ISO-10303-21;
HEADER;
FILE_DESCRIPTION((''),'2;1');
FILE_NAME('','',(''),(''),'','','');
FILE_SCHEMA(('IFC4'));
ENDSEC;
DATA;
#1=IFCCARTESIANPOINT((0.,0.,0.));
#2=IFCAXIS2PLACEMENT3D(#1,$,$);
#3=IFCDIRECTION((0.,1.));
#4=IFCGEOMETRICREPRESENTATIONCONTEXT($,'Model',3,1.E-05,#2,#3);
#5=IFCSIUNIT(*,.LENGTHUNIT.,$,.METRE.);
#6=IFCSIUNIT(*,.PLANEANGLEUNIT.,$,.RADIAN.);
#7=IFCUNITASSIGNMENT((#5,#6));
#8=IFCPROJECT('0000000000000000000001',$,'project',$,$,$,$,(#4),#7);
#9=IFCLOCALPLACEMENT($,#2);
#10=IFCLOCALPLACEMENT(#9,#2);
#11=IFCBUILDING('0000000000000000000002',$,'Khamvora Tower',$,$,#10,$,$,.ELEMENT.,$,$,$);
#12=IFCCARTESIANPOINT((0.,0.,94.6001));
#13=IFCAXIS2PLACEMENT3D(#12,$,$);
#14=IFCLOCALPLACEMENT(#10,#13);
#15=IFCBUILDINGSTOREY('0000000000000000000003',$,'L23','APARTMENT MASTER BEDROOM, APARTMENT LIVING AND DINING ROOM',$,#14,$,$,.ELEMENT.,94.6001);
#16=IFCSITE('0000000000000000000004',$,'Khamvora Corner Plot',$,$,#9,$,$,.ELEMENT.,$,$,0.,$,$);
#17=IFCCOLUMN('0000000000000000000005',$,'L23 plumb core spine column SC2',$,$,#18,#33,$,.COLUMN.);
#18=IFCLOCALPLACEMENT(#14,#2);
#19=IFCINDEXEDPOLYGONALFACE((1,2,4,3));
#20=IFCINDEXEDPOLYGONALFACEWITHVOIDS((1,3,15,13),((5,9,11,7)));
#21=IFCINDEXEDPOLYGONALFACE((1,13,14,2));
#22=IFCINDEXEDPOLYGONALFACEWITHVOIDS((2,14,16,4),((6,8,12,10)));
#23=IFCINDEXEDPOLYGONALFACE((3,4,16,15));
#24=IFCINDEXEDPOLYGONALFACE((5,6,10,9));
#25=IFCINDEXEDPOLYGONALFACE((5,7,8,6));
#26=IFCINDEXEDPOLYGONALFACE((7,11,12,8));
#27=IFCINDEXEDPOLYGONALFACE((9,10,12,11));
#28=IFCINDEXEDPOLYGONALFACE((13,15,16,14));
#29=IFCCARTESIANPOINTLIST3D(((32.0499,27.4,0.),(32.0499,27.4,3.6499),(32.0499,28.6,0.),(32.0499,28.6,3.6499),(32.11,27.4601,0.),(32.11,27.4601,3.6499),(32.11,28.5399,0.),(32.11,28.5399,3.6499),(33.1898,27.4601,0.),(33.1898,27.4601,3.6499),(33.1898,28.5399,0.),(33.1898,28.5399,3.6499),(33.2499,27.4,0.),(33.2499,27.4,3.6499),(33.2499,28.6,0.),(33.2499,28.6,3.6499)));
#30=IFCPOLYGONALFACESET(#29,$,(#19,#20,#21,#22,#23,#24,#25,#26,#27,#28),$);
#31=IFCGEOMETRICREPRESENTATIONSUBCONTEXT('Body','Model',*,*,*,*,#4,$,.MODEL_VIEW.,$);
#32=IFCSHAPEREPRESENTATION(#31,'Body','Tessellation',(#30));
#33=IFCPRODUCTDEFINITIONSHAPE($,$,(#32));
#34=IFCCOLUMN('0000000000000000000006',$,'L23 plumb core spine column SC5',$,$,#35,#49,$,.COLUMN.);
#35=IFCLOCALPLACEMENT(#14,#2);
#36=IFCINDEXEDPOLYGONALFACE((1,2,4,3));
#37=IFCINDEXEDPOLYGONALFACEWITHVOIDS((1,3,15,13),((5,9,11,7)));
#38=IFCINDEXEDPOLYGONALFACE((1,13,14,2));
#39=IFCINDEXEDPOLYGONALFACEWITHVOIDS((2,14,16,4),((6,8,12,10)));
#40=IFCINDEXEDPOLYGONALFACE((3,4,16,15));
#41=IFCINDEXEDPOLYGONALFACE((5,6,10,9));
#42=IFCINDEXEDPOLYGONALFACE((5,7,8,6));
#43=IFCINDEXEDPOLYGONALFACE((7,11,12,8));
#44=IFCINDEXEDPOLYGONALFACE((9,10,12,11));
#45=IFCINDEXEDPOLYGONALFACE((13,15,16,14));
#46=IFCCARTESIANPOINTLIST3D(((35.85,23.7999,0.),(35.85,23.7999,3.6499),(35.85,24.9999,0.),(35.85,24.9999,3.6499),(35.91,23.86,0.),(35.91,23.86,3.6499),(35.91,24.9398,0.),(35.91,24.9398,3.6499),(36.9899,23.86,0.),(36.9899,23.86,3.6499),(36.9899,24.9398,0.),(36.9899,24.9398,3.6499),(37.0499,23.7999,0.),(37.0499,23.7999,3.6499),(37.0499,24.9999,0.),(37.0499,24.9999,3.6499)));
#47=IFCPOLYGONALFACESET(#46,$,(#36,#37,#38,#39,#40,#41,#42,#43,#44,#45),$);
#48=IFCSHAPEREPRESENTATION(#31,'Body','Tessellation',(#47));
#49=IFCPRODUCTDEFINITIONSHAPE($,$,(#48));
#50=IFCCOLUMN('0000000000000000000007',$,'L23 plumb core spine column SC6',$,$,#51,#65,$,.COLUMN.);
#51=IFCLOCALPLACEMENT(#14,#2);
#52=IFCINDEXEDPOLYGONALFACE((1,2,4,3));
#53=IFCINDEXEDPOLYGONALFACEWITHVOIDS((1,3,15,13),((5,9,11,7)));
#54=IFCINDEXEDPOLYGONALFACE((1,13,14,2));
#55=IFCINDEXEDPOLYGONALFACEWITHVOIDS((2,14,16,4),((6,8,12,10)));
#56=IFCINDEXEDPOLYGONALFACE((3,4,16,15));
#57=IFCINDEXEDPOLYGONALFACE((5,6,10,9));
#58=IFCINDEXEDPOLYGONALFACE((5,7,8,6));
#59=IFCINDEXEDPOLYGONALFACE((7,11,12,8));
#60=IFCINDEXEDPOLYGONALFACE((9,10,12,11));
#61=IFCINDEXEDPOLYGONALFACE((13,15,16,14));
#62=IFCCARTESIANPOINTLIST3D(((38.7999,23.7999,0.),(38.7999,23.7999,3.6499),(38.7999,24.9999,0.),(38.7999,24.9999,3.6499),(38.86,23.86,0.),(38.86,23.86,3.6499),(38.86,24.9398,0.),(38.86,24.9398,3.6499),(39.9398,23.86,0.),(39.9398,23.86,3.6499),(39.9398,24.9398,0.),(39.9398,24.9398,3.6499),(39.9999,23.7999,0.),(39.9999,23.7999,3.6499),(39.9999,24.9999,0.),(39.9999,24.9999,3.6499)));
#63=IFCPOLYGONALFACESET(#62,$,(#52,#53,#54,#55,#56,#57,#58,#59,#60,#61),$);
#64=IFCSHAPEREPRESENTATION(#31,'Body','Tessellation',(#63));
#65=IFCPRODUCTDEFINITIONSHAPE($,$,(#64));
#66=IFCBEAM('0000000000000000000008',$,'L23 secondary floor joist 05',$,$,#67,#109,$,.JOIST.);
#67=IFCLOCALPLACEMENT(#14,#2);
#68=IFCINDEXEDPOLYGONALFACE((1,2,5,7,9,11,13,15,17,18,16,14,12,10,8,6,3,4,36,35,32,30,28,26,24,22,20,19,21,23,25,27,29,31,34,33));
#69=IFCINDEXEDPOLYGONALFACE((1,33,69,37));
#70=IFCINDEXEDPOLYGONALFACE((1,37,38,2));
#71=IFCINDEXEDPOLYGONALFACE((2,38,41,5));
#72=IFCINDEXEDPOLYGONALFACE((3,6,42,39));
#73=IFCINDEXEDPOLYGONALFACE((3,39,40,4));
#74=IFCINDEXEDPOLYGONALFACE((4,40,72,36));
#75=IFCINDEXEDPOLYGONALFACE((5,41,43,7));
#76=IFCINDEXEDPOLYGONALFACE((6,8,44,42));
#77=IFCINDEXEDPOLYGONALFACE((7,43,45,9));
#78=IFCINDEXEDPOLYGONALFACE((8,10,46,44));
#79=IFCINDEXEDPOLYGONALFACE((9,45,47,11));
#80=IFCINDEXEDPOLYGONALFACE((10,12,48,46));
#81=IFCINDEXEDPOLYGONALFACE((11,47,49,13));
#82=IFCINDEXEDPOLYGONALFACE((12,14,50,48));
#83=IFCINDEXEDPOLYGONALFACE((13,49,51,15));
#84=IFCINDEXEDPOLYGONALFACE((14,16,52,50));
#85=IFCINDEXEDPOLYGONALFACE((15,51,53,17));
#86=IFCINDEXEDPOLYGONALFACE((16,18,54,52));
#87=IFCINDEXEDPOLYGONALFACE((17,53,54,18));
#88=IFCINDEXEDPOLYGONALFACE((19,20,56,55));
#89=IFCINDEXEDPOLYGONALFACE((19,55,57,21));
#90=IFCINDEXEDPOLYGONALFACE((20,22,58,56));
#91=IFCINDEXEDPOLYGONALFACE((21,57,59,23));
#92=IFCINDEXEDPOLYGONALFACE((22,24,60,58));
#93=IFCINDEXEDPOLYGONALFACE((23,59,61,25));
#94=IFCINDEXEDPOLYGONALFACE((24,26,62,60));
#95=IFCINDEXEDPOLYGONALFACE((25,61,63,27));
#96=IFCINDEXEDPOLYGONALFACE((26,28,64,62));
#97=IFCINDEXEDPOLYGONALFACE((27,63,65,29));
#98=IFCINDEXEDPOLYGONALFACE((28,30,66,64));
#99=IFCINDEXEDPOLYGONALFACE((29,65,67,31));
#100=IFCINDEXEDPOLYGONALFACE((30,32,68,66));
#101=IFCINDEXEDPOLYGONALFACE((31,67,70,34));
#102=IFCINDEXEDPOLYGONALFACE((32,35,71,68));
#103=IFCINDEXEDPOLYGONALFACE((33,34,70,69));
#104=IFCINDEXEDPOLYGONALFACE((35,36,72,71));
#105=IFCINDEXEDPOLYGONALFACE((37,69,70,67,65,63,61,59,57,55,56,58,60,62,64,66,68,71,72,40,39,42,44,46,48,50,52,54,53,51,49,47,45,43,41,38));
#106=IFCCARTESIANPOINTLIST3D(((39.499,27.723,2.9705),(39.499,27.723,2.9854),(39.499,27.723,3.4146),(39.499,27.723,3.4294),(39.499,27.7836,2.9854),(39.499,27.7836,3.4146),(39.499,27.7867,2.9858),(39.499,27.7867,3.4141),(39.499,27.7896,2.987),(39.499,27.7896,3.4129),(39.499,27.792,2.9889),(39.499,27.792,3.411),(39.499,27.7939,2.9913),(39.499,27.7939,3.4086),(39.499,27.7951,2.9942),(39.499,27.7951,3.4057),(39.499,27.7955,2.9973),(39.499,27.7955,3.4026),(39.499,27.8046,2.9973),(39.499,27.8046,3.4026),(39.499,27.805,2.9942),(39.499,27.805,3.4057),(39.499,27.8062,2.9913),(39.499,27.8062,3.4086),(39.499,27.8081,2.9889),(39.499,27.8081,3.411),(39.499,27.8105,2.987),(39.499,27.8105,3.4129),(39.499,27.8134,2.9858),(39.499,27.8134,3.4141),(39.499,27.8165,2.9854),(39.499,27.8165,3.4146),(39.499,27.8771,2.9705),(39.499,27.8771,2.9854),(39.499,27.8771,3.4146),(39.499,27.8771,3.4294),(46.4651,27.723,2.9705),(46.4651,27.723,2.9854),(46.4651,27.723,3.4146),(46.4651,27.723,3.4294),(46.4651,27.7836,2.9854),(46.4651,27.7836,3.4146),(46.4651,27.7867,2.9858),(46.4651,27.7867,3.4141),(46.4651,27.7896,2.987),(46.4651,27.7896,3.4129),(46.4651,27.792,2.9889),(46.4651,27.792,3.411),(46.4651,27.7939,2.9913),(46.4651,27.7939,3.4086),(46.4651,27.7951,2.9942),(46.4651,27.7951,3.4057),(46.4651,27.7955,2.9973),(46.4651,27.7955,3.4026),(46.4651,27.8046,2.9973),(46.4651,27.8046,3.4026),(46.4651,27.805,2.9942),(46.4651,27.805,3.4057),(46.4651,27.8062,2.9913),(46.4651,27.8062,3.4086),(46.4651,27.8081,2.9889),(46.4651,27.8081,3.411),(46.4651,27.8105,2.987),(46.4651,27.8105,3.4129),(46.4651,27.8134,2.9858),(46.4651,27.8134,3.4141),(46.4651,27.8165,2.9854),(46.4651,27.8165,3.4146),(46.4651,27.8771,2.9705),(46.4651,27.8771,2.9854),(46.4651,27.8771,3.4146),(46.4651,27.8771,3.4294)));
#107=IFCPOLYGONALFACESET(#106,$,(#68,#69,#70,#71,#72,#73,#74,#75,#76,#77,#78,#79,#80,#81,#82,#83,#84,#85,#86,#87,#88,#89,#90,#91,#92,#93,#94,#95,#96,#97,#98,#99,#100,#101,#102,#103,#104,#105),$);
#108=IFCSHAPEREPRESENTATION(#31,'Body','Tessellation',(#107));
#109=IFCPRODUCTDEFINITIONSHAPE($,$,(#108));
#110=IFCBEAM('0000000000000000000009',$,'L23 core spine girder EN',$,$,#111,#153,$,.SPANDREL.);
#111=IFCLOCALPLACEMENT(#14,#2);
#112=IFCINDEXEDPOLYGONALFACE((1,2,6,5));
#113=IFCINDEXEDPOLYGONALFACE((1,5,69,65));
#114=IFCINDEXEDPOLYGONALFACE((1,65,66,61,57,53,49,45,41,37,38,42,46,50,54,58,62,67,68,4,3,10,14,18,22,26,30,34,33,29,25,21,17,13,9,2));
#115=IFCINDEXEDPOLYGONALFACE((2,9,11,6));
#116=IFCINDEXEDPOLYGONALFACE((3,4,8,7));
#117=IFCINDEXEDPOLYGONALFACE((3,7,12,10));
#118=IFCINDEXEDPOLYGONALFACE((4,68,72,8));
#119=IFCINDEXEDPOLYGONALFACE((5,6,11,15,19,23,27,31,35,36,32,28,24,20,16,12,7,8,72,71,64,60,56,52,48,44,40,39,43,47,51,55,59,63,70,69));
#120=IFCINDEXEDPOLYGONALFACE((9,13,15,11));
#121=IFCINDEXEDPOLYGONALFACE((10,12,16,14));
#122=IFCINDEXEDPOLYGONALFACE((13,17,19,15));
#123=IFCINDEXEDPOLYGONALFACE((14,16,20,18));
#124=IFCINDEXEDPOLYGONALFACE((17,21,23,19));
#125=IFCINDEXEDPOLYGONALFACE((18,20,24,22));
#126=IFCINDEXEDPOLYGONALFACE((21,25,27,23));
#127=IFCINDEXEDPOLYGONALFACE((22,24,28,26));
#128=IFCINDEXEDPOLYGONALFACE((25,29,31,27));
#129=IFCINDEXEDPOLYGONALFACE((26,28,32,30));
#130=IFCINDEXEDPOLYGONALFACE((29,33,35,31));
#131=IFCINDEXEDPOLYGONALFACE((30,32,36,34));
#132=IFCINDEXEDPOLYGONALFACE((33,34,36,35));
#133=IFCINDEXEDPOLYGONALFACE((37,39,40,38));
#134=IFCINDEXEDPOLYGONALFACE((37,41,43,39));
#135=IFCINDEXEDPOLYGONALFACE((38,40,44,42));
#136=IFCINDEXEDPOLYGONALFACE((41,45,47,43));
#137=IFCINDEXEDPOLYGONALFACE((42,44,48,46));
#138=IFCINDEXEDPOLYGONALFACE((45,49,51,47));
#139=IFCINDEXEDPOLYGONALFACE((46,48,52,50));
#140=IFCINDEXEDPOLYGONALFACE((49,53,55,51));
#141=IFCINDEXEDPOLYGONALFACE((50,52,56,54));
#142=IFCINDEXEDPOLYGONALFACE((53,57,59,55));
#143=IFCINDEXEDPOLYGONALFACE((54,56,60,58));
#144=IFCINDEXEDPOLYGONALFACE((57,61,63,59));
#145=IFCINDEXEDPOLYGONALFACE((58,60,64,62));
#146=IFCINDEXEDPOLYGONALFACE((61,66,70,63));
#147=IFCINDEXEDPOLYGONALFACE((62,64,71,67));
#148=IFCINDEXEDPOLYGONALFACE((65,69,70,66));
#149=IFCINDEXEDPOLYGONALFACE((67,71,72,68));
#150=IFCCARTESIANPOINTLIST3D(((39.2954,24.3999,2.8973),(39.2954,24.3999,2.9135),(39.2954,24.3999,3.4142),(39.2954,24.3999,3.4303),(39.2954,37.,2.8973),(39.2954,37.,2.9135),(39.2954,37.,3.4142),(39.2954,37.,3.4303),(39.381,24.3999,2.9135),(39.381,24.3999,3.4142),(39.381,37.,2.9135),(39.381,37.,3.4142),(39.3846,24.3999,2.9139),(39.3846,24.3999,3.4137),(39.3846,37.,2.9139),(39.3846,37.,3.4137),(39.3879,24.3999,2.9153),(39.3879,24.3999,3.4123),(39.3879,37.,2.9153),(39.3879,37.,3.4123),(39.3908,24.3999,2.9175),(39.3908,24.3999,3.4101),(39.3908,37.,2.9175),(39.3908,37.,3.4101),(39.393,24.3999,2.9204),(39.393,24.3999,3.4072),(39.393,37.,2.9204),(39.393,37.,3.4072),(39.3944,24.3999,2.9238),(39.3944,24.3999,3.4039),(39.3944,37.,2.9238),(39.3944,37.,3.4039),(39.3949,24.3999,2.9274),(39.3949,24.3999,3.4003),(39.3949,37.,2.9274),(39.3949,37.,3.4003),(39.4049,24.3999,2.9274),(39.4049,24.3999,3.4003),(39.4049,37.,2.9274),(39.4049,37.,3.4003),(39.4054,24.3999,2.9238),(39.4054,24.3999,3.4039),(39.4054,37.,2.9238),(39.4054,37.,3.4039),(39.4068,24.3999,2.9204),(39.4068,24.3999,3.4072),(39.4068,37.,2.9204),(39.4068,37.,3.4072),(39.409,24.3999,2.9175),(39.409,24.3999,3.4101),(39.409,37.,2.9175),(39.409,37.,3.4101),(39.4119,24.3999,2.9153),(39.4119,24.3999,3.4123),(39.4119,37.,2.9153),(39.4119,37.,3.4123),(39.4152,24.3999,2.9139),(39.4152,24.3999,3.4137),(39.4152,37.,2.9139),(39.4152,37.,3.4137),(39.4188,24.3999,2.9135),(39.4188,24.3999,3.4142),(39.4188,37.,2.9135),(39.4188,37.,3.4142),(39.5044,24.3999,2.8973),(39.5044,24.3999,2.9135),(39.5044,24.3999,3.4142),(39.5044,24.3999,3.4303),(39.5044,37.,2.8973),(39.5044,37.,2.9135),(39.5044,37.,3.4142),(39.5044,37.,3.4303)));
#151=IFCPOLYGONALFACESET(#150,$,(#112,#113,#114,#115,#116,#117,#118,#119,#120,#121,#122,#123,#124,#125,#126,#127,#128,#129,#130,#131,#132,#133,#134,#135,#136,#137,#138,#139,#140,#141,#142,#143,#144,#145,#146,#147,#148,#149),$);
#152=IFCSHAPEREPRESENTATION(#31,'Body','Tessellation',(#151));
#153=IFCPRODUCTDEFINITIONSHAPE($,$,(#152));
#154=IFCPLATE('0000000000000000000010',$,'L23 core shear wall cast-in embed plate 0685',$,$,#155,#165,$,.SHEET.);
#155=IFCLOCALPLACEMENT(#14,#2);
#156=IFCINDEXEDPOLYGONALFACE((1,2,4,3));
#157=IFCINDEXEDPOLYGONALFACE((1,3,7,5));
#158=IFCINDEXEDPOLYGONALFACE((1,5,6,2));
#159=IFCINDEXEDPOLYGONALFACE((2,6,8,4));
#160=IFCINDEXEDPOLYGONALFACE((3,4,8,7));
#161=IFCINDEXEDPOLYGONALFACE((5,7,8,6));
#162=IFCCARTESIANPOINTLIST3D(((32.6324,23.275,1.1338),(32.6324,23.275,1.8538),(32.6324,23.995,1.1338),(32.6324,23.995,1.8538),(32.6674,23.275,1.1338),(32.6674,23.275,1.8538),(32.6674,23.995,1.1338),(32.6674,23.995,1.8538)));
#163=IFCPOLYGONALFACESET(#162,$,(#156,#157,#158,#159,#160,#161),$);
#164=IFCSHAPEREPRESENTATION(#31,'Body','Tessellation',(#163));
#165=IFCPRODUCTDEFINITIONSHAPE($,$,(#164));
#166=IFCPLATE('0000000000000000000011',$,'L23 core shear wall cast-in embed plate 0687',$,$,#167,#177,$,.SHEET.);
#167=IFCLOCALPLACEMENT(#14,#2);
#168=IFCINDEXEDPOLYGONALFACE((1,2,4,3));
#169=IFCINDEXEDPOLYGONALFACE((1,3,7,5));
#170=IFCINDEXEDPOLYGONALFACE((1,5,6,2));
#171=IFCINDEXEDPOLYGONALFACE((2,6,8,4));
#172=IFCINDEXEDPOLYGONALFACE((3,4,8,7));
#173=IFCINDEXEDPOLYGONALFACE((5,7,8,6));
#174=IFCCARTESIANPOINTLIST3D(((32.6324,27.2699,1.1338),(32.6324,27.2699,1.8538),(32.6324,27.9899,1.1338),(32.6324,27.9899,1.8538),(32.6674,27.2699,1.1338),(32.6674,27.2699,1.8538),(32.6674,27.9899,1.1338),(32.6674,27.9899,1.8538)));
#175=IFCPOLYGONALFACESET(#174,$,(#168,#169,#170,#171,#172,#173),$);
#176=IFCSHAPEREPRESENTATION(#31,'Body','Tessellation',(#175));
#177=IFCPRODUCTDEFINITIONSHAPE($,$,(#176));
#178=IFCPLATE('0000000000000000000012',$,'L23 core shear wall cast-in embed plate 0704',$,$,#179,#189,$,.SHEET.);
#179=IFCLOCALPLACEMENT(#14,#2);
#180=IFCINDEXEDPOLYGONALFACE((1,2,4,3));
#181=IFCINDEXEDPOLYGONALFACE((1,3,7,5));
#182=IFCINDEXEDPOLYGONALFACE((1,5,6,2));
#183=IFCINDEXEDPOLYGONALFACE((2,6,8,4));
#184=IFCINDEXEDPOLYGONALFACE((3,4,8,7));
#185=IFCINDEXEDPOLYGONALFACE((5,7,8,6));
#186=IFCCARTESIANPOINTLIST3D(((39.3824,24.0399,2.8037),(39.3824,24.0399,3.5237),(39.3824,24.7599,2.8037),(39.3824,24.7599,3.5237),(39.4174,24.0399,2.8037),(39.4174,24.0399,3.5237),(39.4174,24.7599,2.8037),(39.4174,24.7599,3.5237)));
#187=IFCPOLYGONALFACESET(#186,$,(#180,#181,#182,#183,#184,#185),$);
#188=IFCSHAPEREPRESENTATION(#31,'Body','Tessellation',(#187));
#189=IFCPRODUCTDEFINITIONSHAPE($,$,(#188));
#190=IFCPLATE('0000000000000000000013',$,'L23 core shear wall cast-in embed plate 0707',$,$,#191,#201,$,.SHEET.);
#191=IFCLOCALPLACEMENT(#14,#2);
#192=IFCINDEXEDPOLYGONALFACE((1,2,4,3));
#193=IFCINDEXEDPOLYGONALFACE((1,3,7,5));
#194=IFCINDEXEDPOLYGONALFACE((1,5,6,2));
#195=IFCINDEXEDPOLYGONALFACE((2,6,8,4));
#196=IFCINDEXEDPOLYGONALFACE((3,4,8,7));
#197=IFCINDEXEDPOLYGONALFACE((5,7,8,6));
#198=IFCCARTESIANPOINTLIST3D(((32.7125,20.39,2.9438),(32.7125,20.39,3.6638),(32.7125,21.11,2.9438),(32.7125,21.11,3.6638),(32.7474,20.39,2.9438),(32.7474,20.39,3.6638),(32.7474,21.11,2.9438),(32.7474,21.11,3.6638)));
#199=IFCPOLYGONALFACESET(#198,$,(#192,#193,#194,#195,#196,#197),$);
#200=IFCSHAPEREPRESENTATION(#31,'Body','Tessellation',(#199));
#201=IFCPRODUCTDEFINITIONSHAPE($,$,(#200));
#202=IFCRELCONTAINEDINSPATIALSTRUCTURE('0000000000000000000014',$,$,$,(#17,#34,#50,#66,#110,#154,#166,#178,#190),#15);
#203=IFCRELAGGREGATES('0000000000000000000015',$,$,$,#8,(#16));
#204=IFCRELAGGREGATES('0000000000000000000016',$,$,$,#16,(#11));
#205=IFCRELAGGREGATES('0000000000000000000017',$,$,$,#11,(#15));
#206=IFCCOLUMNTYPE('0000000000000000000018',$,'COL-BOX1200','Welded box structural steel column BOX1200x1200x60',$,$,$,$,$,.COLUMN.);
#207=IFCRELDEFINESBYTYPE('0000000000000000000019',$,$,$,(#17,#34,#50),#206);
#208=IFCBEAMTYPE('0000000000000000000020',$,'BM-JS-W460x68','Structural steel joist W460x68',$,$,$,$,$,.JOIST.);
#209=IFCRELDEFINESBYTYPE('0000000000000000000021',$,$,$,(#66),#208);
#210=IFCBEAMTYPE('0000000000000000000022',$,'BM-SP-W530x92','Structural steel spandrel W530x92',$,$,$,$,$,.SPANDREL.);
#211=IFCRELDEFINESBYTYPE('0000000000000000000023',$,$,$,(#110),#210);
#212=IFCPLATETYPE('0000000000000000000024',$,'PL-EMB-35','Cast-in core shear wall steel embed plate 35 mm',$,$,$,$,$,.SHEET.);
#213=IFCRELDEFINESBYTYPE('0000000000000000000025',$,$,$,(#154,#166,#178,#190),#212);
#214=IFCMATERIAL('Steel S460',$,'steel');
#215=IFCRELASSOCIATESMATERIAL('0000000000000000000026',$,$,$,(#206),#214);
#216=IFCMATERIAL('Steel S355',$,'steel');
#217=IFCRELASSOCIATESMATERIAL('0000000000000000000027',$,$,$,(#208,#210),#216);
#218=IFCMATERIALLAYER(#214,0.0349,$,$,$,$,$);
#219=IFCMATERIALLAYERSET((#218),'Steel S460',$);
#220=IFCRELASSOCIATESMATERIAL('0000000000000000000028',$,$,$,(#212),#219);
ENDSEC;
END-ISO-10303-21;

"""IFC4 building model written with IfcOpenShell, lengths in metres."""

from ifc_helpers import new_model, si_unit, direction, frame, origin, origin_2d, place, context, subcontext, project, spatial, rectangle, hollow_rectangle, i_section, extrude, material, layer, layer_set, material_profile, profile_set, type_object, element, save


model = new_model("IFC4")

# Units and contexts
model_context = context("Model", 3, precision=1e-05, world=origin(), true_north=direction((0.0, 1.0)))
body_context = subcontext(model_context, "Body", "Model", "MODEL_VIEW")
ifc_project = project(units=[si_unit("LENGTHUNIT", "METRE"), si_unit("PLANEANGLEUNIT", "RADIAN")], contexts=[model_context])

# Site, building, storey
site_placement = place(None, origin())
site = spatial("IfcSite", under=ifc_project, at=site_placement, Name="Khamvora Corner Plot", CompositionType="ELEMENT", RefElevation=0.0)
building_placement = place(site_placement, origin())
building = spatial("IfcBuilding", under=site, at=building_placement, Name="Khamvora Tower", CompositionType="ELEMENT")
storey_placement = place(building_placement, frame((0.0, 0.0, 94.6001)))
storey = spatial("IfcBuildingStorey", under=building, at=storey_placement, Name="L23", Description="APARTMENT MASTER BEDROOM, APARTMENT LIVING AND DINING ROOM", CompositionType="ELEMENT", Elevation=94.6001)

# Columns
ifc_material_1 = material(Name="Steel S460", Category="steel")
ifc_material_profile_1 = material_profile(ifc_material_1, hollow_rectangle(XDim=1.2, YDim=1.2, WallThickness=0.0601, at=origin_2d()), Name="BOX1200x1200x60")
ifc_profile_set_1 = profile_set([ifc_material_profile_1], Name="Steel S460")
column_type = type_object("IfcColumnType", Name="COL-BOX1200", Description="Welded box structural steel column BOX1200x1200x60", PredefinedType="COLUMN", material=ifc_profile_set_1)
for number, where, z_axis, x_axis, name in (
    (1, (32.6499, 28.0, 0.0), (0.0, 0.0, 1.0), (1.0, 0.0, 0.0), "L23 plumb core spine column SC2"),
    (2, (36.45, 24.3999, 0.0), (0.0, 0.0, 1.0), (1.0, 0.0, 0.0), "L23 plumb core spine column SC5"),
    (3, (39.3999, 24.3999, 0.0), (0.0, 0.0, 1.0), (1.0, 0.0, 0.0), "L23 plumb core spine column SC6"),
):
    element("IfcColumn", number, at=place(storey_placement, frame(where, z_axis=z_axis, x_axis=x_axis)), inside=storey, type_object=column_type, Name=name, PredefinedType="COLUMN", context=body_context, shape_type="SweptSolid", body=[
        extrude(hollow_rectangle(XDim=1.2, YDim=1.2, WallThickness=0.0601, at=origin_2d()), origin(), (0.0, 0.0, 1.0), 3.6499),
    ])

# Beams
ifc_material_2 = material(Name="Steel S355", Category="steel")
ifc_material_profile_2 = material_profile(ifc_material_2, i_section(OverallWidth=0.1541, OverallDepth=0.459, WebThickness=0.009, FlangeThickness=0.0149, FilletRadius=0.012, at=origin_2d()), Name="W460x68")
ifc_profile_set_2 = profile_set([ifc_material_profile_2], Name="Steel S355")
beam_type_1 = type_object("IfcBeamType", Name="BM-JS-W460x68", Description="Structural steel joist W460x68", PredefinedType="JOIST", material=ifc_profile_set_2)
beam_1_placement = place(storey_placement, frame((39.499, 27.8, 3.2), z_axis=(1.0, 0.0, 0.0), x_axis=(0.0, 1.0, 0.0)))
element("IfcBeam", 4, at=beam_1_placement, inside=storey, type_object=beam_type_1, Name="L23 secondary floor joist 05", PredefinedType="JOIST", context=body_context, shape_type="SweptSolid", body=[
    extrude(i_section(OverallWidth=0.1541, OverallDepth=0.459, WebThickness=0.009, FlangeThickness=0.0149, FilletRadius=0.012, at=origin_2d()), origin(), (0.0, 0.0, 1.0), 6.9661),
])
ifc_material_profile_3 = material_profile(ifc_material_2, i_section(OverallWidth=0.209, OverallDepth=0.533, WebThickness=0.01, FlangeThickness=0.0161, FilletRadius=0.0139, at=origin_2d()), Name="W530x92")
ifc_profile_set_3 = profile_set([ifc_material_profile_3], Name="Steel S355")
beam_type_2 = type_object("IfcBeamType", Name="BM-SP-W530x92", Description="Structural steel spandrel W530x92", PredefinedType="SPANDREL", material=ifc_profile_set_3)
beam_2_placement = place(storey_placement, frame((39.3999, 24.3999, 3.1638), z_axis=(0.0, 1.0, 0.0), x_axis=(-1.0, 0.0, 0.0)))
element("IfcBeam", 5, at=beam_2_placement, inside=storey, type_object=beam_type_2, Name="L23 core spine girder EN", PredefinedType="SPANDREL", context=body_context, shape_type="SweptSolid", body=[
    extrude(i_section(OverallWidth=0.209, OverallDepth=0.533, WebThickness=0.01, FlangeThickness=0.0161, FilletRadius=0.0139, at=origin_2d()), origin(), (0.0, 0.0, 1.0), 12.6001),
])

# Plates
ifc_layer_1 = layer(ifc_material_1, 0.0349)
ifc_layer_set_1 = layer_set([ifc_layer_1], Name="Steel S460")
plate_type = type_object("IfcPlateType", Name="PL-EMB-35", Description="Cast-in core shear wall steel embed plate 35 mm", PredefinedType="SHEET", material=ifc_layer_set_1)
for number, where, z_axis, x_axis, name in (
    (6, (32.6499, 23.635, 1.1338), (0.0, 0.0, 1.0), (1.0, 0.0, 0.0), "L23 core shear wall cast-in embed plate 0685"),
    (7, (32.6499, 27.6299, 1.1338), (0.0, 0.0, 1.0), (1.0, 0.0, 0.0), "L23 core shear wall cast-in embed plate 0687"),
    (8, (39.3999, 24.3999, 2.8037), (0.0, 0.0, 1.0), (1.0, 0.0, 0.0), "L23 core shear wall cast-in embed plate 0704"),
    (9, (32.73, 20.75, 2.9438), (0.0, 0.0, 1.0), (1.0, 0.0, 0.0), "L23 core shear wall cast-in embed plate 0707"),
):
    element("IfcPlate", number, at=place(storey_placement, frame(where, z_axis=z_axis, x_axis=x_axis)), inside=storey, type_object=plate_type, Name=name, PredefinedType="SHEET", context=body_context, shape_type="SweptSolid", body=[
        extrude(rectangle(XDim=0.0349, YDim=0.72, at=origin_2d()), origin(), (0.0, 0.0, 1.0), 0.72),
    ])

save(model, "model.ifc")
